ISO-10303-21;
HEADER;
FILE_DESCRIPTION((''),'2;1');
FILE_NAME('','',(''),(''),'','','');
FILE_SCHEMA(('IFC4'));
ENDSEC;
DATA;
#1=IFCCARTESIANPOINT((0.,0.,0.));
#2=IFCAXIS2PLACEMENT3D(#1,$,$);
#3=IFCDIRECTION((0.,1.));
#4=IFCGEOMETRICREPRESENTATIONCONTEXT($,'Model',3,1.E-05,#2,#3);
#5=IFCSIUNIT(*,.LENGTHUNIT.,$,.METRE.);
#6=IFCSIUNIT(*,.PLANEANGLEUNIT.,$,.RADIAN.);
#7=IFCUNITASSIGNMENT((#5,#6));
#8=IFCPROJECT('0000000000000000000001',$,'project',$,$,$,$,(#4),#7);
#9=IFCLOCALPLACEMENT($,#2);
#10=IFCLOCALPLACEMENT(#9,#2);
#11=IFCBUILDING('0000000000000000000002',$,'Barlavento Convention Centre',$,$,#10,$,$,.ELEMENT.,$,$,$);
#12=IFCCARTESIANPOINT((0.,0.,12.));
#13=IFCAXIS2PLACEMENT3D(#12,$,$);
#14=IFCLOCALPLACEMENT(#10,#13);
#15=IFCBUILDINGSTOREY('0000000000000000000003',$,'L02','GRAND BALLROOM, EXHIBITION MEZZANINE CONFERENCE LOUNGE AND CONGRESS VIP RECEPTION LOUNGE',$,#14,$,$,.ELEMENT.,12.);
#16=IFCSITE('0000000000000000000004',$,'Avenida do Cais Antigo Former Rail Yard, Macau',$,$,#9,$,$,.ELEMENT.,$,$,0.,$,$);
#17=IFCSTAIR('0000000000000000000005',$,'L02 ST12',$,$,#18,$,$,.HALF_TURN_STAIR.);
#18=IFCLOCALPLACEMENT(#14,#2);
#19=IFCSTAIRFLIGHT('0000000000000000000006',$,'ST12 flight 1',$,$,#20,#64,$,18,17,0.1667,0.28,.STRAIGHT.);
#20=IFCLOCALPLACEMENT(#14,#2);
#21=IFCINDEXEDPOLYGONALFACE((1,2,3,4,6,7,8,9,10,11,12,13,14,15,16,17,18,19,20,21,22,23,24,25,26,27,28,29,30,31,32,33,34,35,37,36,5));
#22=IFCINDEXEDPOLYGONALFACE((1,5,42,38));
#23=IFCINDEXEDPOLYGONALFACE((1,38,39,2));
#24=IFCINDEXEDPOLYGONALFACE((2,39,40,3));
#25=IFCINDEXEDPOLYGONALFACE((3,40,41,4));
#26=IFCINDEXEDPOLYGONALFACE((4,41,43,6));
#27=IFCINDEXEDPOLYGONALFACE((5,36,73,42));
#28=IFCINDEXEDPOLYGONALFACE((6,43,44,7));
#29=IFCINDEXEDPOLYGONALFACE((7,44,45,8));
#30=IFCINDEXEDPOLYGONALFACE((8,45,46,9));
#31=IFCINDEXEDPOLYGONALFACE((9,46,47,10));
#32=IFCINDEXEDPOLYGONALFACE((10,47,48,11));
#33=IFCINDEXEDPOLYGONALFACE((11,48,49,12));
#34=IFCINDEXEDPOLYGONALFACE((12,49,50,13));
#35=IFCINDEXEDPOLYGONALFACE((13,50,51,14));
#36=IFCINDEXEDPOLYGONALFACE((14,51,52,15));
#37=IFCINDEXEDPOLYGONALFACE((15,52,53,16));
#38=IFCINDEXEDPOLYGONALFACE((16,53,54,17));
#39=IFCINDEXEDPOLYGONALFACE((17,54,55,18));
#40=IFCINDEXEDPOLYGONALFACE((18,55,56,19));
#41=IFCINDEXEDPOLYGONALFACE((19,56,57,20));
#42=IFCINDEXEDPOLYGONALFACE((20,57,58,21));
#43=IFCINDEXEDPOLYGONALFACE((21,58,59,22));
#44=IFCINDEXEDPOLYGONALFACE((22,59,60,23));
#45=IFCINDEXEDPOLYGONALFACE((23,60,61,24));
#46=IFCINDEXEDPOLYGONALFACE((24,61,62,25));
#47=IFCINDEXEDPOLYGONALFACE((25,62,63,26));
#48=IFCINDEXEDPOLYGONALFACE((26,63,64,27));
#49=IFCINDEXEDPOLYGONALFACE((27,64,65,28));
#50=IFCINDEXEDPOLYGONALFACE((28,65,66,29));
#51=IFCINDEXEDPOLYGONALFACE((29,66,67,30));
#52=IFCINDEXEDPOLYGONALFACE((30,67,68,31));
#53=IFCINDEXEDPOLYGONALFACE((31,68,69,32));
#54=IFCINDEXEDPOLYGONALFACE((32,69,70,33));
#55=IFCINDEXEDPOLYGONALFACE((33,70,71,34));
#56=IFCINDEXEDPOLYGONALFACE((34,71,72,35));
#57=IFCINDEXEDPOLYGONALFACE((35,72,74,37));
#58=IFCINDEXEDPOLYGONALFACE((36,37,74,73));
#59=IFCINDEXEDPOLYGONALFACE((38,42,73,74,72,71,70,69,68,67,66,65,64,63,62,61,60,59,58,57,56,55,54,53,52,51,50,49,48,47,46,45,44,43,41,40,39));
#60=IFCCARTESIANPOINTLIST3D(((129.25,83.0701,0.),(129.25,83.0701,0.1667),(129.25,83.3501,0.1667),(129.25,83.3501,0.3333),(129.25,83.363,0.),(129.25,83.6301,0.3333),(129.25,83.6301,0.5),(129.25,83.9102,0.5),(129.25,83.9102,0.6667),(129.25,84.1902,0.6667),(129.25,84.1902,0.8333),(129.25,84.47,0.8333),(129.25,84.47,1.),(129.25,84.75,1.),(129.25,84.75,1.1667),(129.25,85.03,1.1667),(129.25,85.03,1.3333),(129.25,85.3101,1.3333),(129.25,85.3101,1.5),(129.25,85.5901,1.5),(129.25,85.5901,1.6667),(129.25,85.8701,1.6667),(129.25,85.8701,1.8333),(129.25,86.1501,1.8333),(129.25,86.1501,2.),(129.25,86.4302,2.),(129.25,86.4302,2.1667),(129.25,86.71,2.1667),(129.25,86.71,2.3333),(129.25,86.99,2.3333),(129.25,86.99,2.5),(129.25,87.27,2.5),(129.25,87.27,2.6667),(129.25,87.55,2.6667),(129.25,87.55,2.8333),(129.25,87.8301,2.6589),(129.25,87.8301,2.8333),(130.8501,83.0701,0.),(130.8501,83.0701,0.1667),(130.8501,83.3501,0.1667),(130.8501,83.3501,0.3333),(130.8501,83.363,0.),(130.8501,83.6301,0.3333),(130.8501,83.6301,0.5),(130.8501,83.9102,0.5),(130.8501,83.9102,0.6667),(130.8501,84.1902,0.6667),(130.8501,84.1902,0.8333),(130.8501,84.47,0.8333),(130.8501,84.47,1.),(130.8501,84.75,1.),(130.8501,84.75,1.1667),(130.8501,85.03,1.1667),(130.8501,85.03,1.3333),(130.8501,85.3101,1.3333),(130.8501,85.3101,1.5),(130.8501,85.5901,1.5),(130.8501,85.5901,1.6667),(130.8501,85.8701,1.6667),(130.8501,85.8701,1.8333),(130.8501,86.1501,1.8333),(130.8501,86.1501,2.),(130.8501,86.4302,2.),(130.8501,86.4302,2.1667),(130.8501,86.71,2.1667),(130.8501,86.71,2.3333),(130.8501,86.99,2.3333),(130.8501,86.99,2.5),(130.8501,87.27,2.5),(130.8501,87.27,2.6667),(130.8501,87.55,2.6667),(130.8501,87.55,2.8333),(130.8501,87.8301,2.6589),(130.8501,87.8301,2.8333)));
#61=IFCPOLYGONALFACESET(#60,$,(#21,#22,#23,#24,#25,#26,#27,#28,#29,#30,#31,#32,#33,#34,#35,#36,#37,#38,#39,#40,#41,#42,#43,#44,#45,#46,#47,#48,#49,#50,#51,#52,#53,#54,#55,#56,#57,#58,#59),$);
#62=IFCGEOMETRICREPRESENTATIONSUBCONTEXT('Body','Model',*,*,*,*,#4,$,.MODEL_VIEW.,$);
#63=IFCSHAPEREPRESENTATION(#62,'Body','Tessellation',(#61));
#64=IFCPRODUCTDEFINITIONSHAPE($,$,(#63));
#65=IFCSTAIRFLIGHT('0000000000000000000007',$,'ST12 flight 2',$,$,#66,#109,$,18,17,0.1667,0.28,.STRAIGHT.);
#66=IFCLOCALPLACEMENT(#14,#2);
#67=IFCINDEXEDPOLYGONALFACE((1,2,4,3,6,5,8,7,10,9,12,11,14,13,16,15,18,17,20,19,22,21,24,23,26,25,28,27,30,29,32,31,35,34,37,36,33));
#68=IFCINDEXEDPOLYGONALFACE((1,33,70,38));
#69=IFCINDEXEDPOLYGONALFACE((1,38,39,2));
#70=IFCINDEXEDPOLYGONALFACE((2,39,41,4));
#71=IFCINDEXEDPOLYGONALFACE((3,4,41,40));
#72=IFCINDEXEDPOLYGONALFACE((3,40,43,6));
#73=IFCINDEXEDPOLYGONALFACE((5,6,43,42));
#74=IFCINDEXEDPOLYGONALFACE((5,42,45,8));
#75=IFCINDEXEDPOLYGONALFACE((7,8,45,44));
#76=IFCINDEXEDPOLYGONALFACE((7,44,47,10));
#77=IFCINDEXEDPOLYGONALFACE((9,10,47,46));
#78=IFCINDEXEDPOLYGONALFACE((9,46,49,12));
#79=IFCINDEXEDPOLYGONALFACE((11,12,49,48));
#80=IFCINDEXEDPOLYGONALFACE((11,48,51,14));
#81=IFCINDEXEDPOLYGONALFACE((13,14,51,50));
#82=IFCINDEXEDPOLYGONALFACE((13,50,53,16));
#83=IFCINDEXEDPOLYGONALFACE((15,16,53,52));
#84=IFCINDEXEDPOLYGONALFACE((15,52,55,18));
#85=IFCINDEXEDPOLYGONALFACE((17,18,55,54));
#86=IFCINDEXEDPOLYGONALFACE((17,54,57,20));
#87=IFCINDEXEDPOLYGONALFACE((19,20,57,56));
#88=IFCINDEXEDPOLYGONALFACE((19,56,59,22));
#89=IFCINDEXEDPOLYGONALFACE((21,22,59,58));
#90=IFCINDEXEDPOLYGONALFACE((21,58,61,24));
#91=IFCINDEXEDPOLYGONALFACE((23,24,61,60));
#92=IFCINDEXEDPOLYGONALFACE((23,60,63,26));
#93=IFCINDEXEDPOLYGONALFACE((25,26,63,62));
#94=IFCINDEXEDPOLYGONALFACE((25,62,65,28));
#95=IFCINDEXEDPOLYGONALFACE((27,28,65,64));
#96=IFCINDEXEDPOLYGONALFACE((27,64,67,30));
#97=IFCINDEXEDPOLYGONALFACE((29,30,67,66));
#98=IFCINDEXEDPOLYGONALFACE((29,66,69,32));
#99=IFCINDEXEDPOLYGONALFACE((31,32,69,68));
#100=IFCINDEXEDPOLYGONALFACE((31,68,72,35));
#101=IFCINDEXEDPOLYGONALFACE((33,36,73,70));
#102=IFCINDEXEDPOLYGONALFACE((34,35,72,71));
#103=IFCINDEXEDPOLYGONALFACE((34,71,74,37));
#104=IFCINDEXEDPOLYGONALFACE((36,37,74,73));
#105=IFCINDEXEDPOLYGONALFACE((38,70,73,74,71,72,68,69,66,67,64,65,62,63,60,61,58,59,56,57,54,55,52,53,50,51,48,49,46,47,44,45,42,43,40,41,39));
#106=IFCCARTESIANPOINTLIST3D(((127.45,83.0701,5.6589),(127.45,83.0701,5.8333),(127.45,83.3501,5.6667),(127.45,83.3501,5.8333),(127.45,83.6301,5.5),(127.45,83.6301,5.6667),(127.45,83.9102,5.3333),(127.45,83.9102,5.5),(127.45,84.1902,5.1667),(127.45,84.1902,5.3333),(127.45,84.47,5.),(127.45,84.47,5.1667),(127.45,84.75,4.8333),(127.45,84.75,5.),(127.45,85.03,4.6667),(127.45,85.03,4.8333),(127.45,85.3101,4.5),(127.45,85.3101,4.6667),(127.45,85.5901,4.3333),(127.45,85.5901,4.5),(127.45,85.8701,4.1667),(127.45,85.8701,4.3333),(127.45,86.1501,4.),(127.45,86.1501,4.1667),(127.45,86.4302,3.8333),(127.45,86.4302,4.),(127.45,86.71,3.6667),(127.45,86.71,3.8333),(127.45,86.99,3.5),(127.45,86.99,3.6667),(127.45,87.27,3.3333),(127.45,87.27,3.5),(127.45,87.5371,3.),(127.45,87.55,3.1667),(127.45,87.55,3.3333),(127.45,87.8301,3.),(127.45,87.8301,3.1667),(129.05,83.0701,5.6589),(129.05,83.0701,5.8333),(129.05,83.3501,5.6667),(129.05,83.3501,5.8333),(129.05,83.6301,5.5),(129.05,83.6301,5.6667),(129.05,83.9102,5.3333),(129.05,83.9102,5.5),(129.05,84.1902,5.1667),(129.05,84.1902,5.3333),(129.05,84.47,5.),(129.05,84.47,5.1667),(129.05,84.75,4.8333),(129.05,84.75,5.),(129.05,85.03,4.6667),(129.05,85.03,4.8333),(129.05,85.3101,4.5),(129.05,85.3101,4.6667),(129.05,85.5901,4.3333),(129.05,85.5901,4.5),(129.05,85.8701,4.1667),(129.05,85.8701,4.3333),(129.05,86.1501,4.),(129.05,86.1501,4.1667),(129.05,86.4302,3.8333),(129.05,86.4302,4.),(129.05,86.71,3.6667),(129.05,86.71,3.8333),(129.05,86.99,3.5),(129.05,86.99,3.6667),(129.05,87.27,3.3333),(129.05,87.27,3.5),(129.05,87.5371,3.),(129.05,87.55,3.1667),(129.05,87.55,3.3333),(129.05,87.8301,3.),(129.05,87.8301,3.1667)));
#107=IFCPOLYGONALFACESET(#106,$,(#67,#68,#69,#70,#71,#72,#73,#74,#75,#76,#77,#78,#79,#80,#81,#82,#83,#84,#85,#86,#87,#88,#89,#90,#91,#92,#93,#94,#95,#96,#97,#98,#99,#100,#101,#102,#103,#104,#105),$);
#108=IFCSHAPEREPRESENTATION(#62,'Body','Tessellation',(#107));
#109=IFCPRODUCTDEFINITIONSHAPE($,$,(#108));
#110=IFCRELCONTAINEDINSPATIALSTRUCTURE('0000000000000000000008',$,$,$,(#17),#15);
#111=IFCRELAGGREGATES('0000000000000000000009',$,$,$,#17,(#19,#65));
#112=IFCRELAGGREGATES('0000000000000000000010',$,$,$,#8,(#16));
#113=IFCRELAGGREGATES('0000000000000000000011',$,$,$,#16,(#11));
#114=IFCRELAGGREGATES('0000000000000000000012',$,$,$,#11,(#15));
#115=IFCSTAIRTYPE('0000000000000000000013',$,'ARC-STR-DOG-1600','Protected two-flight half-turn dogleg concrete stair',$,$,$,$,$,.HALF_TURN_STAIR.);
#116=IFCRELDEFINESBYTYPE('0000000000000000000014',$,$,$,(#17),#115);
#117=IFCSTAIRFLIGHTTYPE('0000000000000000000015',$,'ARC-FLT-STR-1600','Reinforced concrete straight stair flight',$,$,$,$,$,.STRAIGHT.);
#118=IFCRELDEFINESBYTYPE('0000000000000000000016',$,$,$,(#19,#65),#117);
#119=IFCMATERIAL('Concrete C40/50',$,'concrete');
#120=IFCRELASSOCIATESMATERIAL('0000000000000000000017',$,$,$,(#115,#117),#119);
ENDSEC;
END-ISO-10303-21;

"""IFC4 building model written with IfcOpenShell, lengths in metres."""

from ifc_helpers import new_model, si_unit, direction, frame, origin, place, context, subcontext, project, spatial, polyline, outline, extrude, material, type_object, element, aggregate, save


model = new_model("IFC4")

# Units and contexts
model_context = context("Model", 3, precision=1e-05, world=origin(), true_north=direction((0.0, 1.0)))
body_context = subcontext(model_context, "Body", "Model", "MODEL_VIEW")
ifc_project = project(units=[si_unit("LENGTHUNIT", "METRE"), si_unit("PLANEANGLEUNIT", "RADIAN")], contexts=[model_context])

# Site, building, storey
site_placement = place(None, origin())
site = spatial("IfcSite", under=ifc_project, at=site_placement, Name="Avenida do Cais Antigo Former Rail Yard, Macau", CompositionType="ELEMENT", RefElevation=0.0)
building_placement = place(site_placement, origin())
building = spatial("IfcBuilding", under=site, at=building_placement, Name="Barlavento Convention Centre", CompositionType="ELEMENT")
storey_placement = place(building_placement, frame((0.0, 0.0, 12.0)))
storey = spatial("IfcBuildingStorey", under=building, at=storey_placement, Name="L02", Description="GRAND BALLROOM, EXHIBITION MEZZANINE CONFERENCE LOUNGE AND CONGRESS VIP RECEPTION LOUNGE", CompositionType="ELEMENT", Elevation=12.0)

# Stair, stair flights
ifc_material_1 = material(Name="Concrete C40/50", Category="concrete")
stair_type = type_object("IfcStairType", Name="ARC-STR-DOG-1600", Description="Protected two-flight half-turn dogleg concrete stair", PredefinedType="HALF_TURN_STAIR", material=ifc_material_1)
stair_placement = place(storey_placement, origin())
stair = element("IfcStair", 1, at=stair_placement, inside=storey, type_object=stair_type, Name="L02 ST12", PredefinedType="HALF_TURN_STAIR")
stair_flight_type = type_object("IfcStairFlightType", Name="ARC-FLT-STR-1600", Description="Reinforced concrete straight stair flight", PredefinedType="STRAIGHT", material=ifc_material_1)
stair_flight_1_placement = place(storey_placement, frame((130.05, 83.0701, 0.0), z_axis=(0.0, 0.0, 1.0), x_axis=(0.0, 1.0, 0.0)))
stair_flight_1 = element("IfcStairFlight", 2, at=stair_flight_1_placement, type_object=stair_flight_type, Name="ST12 flight 1", NumberOfRisers=18, NumberOfTreads=17, PredefinedType="STRAIGHT", RiserHeight=0.1667, TreadLength=0.28, context=body_context, shape_type="SweptSolid", body=[
    extrude(outline(polyline([(0.0, 0.0), (0.0, 0.1667), (0.28, 0.1667), (0.28, 0.3333), (0.5601, 0.3333), (0.5601, 0.5), (0.8401, 0.5), (0.8401, 0.6667), (1.1201, 0.6667), (1.1201, 0.8333), (1.3999, 0.8333), (1.3999, 1.0), (1.6799, 1.0), (1.6799, 1.1667), (1.96, 1.1667), (1.96, 1.3333), (2.24, 1.3333), (2.24, 1.5), (2.52, 1.5), (2.52, 1.6667), (2.8, 1.6667), (2.8, 1.8333), (3.0801, 1.8333), (3.0801, 2.0), (3.3601, 2.0), (3.3601, 2.1667), (3.6399, 2.1667), (3.6399, 2.3333), (3.9199, 2.3333), (3.9199, 2.5), (4.2, 2.5), (4.2, 2.6667), (4.48, 2.6667), (4.48, 2.8333), (4.76, 2.8333), (4.76, 3.0), (4.76, 2.6589), (0.293, 0.0), (0.0, 0.0)])), frame((0.0, 0.8, 0.0), z_axis=(0.0, -1.0, 0.0), x_axis=(1.0, 0.0, 0.0)), (0.0, 0.0, 1.0), 1.6001),
])
stair_flight_2_placement = place(storey_placement, frame((128.25, 87.8301, 3.0), z_axis=(0.0, 0.0, 1.0), x_axis=(0.0, -1.0, 0.0)))
stair_flight_2 = element("IfcStairFlight", 3, at=stair_flight_2_placement, type_object=stair_flight_type, Name="ST12 flight 2", NumberOfRisers=18, NumberOfTreads=17, PredefinedType="STRAIGHT", RiserHeight=0.1667, TreadLength=0.28, context=body_context, shape_type="SweptSolid", body=[
    extrude(outline(polyline([(0.0, 0.0), (0.0, 0.1667), (0.28, 0.1667), (0.28, 0.3333), (0.5601, 0.3333), (0.5601, 0.5), (0.8401, 0.5), (0.8401, 0.6667), (1.1201, 0.6667), (1.1201, 0.8333), (1.3999, 0.8333), (1.3999, 1.0), (1.6799, 1.0), (1.6799, 1.1667), (1.96, 1.1667), (1.96, 1.3333), (2.24, 1.3333), (2.24, 1.5), (2.52, 1.5), (2.52, 1.6667), (2.8, 1.6667), (2.8, 1.8333), (3.0801, 1.8333), (3.0801, 2.0), (3.3601, 2.0), (3.3601, 2.1667), (3.6399, 2.1667), (3.6399, 2.3333), (3.9199, 2.3333), (3.9199, 2.5), (4.2, 2.5), (4.2, 2.6667), (4.48, 2.6667), (4.48, 2.8333), (4.76, 2.8333), (4.76, 3.0), (4.76, 2.6589), (0.293, 0.0), (0.0, 0.0)])), frame((0.0, 0.8, 0.0), z_axis=(0.0, -1.0, 0.0), x_axis=(1.0, 0.0, 0.0)), (0.0, 0.0, 1.0), 1.6001),
])
aggregate(stair, [stair_flight_1, stair_flight_2])

save(model, "model.ifc")
